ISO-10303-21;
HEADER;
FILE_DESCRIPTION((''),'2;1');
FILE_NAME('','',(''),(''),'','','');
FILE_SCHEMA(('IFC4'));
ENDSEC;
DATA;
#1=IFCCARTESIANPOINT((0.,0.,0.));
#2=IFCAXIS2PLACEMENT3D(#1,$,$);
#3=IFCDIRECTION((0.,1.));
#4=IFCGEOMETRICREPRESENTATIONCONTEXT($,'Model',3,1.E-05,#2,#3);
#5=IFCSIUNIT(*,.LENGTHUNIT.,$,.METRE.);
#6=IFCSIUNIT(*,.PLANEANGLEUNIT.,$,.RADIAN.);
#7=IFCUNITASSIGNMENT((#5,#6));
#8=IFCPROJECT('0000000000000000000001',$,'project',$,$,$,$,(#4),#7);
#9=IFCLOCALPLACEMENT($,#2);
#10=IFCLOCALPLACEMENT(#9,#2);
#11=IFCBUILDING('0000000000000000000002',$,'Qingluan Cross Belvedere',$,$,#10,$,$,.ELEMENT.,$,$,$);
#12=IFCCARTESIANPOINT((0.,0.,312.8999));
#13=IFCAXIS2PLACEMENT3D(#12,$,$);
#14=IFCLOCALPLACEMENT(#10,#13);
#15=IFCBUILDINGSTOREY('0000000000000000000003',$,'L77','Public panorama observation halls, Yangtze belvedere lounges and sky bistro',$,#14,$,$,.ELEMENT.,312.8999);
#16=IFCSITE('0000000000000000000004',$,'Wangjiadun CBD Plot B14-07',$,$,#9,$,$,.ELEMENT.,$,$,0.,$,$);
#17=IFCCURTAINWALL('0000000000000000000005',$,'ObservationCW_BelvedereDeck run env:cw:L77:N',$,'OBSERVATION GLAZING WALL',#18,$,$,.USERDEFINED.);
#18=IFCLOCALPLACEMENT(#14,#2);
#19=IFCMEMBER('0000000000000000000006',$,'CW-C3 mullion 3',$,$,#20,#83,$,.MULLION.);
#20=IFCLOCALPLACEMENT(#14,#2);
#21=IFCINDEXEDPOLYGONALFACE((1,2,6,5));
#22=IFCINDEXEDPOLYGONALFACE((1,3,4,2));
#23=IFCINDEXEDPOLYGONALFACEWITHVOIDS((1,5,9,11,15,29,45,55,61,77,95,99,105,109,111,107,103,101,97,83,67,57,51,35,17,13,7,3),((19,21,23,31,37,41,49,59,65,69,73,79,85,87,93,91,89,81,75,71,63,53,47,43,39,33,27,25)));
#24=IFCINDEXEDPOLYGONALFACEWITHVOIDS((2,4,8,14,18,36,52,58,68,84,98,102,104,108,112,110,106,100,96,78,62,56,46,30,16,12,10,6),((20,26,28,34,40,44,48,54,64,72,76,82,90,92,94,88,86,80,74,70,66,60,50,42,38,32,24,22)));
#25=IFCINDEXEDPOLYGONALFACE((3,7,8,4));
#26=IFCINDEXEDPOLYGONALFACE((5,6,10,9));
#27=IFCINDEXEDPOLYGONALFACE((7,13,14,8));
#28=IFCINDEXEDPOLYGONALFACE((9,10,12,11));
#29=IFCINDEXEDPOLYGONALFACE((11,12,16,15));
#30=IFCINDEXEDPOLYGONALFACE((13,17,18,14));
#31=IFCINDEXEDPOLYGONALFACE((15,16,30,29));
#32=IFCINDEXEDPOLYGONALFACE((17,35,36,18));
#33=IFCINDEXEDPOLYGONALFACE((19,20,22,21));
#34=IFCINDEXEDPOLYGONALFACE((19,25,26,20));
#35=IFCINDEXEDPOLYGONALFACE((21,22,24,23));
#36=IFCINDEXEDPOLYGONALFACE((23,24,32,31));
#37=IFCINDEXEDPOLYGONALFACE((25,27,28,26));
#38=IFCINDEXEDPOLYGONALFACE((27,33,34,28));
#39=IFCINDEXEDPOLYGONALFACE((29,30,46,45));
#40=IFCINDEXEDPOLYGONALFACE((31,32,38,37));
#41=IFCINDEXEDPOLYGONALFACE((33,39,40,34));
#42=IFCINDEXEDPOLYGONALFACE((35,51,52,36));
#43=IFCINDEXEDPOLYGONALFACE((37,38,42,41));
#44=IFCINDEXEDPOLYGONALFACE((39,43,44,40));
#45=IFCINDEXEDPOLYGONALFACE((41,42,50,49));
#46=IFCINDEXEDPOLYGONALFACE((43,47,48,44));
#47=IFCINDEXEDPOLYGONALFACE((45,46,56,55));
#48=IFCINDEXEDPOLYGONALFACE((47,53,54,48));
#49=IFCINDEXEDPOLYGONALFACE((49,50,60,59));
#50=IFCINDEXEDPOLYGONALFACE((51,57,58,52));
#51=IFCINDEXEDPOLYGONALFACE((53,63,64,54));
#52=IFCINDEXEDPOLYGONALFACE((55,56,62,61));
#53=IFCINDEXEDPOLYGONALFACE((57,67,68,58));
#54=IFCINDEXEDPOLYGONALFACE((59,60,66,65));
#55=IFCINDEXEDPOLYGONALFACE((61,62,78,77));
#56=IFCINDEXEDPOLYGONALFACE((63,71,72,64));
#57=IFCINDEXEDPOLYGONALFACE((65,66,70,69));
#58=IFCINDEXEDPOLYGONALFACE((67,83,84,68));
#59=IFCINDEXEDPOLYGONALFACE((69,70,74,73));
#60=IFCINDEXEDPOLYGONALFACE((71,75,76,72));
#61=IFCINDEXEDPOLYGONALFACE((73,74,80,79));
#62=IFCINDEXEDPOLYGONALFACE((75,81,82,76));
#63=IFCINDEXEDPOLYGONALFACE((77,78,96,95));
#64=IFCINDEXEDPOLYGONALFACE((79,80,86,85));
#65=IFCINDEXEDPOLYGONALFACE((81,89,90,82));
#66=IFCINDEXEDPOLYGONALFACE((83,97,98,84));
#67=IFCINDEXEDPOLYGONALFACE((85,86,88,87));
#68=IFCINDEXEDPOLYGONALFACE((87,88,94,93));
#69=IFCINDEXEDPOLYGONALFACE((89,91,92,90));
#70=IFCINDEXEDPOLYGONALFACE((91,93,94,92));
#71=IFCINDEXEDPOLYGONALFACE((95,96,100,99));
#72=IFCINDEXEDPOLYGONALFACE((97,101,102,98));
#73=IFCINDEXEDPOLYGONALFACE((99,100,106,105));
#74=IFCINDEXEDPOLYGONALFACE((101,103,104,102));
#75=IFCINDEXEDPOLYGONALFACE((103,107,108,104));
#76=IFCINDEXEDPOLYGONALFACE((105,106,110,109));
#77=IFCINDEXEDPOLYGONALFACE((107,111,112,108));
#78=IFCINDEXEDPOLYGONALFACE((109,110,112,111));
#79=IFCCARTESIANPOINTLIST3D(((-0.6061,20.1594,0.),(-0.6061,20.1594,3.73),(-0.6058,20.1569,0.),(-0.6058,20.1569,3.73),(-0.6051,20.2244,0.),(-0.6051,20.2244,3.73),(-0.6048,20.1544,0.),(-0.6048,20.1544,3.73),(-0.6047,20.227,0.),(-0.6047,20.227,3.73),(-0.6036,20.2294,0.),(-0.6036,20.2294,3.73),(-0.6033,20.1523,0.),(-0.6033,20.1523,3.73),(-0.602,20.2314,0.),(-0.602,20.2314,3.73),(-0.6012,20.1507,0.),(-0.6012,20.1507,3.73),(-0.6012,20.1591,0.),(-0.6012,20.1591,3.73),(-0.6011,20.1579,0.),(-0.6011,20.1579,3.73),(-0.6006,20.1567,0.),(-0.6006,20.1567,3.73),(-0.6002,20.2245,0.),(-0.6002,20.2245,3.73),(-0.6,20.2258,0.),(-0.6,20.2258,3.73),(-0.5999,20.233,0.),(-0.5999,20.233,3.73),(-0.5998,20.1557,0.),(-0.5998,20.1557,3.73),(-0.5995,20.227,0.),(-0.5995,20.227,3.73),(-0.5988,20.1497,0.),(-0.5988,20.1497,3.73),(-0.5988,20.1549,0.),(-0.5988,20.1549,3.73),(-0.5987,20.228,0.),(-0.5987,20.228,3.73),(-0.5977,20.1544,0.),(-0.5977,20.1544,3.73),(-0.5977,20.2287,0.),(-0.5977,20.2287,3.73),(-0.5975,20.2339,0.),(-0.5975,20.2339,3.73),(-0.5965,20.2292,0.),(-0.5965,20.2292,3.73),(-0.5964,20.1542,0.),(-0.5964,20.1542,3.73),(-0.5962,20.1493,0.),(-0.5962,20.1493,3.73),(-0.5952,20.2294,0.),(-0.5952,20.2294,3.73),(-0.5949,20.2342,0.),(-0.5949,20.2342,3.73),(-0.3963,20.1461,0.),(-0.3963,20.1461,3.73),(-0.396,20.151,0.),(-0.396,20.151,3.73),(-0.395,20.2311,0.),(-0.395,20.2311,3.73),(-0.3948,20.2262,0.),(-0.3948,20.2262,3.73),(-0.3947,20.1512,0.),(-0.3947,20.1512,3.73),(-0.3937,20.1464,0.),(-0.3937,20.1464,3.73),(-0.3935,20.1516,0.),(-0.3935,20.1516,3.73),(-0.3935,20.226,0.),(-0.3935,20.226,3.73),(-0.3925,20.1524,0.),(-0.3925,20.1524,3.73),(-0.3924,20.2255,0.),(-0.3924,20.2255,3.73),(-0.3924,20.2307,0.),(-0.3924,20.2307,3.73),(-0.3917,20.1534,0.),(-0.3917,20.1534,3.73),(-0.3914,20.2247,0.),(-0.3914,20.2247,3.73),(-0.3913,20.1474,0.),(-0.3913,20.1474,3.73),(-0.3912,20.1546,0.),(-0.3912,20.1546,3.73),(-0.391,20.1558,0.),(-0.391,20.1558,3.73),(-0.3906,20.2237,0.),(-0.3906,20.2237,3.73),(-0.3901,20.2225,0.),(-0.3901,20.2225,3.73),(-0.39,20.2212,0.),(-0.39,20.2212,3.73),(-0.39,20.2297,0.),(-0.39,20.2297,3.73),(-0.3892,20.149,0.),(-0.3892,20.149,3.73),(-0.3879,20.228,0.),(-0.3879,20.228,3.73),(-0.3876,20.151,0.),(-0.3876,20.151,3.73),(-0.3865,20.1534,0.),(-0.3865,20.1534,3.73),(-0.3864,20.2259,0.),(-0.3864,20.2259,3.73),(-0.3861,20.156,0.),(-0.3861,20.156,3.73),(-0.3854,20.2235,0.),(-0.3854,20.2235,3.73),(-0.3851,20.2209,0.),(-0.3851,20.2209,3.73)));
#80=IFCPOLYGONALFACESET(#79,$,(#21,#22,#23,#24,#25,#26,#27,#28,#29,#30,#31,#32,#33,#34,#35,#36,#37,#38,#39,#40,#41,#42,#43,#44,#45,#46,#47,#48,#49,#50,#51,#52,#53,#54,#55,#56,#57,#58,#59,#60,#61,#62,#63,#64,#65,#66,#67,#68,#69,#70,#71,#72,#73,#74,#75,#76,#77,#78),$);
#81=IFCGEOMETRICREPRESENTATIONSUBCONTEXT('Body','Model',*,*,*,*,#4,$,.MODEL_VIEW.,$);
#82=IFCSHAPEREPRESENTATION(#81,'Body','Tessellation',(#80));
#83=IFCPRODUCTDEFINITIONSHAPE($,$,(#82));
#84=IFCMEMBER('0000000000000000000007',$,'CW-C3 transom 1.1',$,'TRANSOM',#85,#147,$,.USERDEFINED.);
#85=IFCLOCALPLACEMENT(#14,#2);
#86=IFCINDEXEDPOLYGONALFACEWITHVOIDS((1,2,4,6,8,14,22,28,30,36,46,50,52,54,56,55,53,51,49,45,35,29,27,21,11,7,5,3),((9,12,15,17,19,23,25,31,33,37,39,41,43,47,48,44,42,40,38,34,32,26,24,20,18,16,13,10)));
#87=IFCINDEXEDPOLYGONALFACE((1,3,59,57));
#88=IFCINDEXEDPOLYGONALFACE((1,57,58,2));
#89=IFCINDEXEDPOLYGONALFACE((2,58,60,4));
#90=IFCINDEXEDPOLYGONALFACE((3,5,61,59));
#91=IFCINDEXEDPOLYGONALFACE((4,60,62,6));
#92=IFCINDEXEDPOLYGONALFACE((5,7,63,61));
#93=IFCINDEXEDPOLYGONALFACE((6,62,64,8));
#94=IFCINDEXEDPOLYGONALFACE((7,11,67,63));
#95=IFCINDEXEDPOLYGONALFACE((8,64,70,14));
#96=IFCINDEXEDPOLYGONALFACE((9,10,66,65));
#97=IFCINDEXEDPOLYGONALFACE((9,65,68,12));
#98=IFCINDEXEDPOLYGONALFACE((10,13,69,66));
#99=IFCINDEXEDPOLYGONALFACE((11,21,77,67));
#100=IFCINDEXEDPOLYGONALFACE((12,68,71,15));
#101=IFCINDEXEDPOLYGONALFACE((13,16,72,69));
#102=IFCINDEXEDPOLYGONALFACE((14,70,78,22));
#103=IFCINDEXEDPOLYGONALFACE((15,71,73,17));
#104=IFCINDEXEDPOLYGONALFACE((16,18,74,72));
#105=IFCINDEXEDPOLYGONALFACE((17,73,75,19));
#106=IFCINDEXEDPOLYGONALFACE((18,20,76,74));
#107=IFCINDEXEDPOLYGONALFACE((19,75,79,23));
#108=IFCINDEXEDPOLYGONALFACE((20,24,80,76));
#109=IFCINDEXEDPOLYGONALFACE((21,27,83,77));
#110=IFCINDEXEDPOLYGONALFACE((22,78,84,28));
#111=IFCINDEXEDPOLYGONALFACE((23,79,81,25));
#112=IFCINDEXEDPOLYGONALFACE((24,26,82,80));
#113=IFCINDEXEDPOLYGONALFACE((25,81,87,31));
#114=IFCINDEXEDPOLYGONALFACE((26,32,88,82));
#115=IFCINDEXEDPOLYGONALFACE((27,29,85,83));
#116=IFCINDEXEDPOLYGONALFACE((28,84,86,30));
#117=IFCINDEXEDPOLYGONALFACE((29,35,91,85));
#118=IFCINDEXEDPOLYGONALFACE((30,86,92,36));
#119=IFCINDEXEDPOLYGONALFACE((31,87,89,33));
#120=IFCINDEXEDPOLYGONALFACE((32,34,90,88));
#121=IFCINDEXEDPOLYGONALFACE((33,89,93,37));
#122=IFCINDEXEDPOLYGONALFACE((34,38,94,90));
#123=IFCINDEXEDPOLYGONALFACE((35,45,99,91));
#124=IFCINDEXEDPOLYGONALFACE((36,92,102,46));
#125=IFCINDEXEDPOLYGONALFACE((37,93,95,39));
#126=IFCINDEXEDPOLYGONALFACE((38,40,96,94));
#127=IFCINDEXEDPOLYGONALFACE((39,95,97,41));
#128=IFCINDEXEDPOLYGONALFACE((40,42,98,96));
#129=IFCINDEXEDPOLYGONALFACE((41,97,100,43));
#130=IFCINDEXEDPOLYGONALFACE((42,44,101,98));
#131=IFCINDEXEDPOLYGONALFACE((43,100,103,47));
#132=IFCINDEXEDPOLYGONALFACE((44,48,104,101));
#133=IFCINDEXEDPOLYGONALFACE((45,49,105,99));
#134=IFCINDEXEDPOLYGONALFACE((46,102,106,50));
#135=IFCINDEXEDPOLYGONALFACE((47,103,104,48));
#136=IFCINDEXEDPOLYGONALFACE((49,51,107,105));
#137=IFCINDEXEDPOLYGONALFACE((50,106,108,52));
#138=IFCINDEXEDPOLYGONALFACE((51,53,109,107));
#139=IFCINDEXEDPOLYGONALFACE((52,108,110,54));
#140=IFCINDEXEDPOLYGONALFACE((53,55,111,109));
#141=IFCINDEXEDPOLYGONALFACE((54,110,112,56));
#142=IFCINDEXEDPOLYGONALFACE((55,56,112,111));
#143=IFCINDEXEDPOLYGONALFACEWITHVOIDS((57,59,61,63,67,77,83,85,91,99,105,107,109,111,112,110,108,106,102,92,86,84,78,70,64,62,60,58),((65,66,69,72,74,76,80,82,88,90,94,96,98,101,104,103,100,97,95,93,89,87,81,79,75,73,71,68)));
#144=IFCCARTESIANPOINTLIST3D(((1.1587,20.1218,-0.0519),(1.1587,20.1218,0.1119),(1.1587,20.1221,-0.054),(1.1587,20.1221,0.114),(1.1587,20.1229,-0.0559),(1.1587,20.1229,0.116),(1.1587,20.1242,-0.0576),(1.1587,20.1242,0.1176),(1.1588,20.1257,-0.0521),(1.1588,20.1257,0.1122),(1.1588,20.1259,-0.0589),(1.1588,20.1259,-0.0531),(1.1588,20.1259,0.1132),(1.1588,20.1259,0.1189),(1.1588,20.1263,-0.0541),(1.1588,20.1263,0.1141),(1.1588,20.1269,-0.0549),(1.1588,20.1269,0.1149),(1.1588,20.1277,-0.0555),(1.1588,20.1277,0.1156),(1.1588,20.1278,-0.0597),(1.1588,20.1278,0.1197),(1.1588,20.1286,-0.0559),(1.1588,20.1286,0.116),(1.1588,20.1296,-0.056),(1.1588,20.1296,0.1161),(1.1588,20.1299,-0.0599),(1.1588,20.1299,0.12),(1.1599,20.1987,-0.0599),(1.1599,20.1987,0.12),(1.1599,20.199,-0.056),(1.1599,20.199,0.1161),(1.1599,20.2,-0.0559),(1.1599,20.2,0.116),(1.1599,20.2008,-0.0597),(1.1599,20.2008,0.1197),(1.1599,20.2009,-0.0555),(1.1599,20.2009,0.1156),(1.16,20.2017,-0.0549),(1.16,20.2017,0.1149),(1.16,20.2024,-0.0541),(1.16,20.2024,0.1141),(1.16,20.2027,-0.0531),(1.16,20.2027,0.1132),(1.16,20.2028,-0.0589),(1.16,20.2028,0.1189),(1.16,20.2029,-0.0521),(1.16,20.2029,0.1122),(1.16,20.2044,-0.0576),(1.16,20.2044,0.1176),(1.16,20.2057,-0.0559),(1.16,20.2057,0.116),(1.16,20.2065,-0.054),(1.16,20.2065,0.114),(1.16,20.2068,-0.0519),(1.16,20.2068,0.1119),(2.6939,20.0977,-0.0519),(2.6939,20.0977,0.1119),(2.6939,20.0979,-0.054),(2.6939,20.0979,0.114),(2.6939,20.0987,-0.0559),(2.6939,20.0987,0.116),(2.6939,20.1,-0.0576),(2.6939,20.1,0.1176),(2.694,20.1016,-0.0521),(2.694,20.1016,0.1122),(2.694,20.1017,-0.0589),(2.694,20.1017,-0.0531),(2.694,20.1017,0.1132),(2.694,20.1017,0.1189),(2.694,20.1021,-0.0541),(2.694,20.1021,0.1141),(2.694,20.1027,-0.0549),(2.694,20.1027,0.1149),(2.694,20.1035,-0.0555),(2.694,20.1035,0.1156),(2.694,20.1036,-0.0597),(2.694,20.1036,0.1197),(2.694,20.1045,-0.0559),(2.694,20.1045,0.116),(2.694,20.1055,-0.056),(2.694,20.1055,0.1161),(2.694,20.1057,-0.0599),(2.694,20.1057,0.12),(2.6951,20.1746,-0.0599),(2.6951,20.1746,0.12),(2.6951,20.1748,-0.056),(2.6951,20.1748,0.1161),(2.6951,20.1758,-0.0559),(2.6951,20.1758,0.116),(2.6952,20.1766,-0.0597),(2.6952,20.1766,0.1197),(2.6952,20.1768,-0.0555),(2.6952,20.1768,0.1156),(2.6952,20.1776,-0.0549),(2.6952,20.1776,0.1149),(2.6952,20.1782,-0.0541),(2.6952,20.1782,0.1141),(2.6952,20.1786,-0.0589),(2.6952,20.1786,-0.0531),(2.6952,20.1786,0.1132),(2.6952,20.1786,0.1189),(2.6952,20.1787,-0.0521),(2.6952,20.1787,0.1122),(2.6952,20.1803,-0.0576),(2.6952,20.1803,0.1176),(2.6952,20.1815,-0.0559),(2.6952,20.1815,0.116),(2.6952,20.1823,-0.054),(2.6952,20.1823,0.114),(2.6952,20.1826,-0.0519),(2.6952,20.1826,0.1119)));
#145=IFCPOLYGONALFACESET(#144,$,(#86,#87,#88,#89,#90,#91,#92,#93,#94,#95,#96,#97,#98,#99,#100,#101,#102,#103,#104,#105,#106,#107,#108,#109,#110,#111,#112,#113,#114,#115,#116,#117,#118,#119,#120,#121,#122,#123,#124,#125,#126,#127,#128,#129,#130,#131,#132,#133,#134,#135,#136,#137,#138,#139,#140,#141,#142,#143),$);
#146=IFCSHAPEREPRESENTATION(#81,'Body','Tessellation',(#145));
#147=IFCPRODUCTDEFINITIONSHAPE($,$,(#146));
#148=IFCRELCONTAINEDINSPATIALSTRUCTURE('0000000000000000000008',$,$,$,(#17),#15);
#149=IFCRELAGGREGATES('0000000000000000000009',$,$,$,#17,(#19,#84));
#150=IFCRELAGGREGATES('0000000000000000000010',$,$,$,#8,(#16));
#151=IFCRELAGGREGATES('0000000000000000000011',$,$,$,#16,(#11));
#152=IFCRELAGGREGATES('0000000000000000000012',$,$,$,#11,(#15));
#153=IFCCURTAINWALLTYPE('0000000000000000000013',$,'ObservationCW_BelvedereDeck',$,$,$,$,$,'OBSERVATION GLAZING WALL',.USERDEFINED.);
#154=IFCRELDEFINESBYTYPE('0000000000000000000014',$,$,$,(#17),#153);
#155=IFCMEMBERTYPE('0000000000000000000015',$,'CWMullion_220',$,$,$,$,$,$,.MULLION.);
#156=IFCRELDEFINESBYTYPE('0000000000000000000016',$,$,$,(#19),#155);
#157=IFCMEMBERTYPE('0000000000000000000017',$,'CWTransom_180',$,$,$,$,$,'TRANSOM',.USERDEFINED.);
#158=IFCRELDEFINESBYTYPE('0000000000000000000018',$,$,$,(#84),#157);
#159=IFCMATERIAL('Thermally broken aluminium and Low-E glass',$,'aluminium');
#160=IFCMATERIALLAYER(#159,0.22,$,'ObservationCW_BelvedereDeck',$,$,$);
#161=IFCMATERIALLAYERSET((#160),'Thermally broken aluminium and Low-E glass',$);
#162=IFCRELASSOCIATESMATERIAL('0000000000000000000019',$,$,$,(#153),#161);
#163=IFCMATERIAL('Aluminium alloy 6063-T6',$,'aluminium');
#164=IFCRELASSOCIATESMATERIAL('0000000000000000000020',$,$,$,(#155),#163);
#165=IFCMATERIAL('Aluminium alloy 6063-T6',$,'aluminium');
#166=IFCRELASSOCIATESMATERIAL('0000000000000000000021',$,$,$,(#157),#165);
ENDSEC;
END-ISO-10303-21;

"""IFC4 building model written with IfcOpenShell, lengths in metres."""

from ifc_helpers import new_model, si_unit, direction, frame, origin, origin_2d, place, context, subcontext, project, spatial, hollow_rectangle, extrude, material, layer, layer_set, material_profile, profile_set, type_object, element, aggregate, save


model = new_model("IFC4")

# Units and contexts
model_context = context("Model", 3, precision=1e-05, world=origin(), true_north=direction((0.0, 1.0)))
body_context = subcontext(model_context, "Body", "Model", "MODEL_VIEW")
ifc_project = project(units=[si_unit("LENGTHUNIT", "METRE"), si_unit("PLANEANGLEUNIT", "RADIAN")], contexts=[model_context])

# Site, building, storey
site_placement = place(None, origin())
site = spatial("IfcSite", under=ifc_project, at=site_placement, Name="Wangjiadun CBD Plot B14-07", CompositionType="ELEMENT", RefElevation=0.0)
building_placement = place(site_placement, origin())
building = spatial("IfcBuilding", under=site, at=building_placement, Name="Qingluan Cross Belvedere", CompositionType="ELEMENT")
storey_placement = place(building_placement, frame((0.0, 0.0, 312.8999)))
storey = spatial("IfcBuildingStorey", under=building, at=storey_placement, Name="L77", Description="Public panorama observation halls, Yangtze belvedere lounges and sky bistro", CompositionType="ELEMENT", Elevation=312.8999)

# Curtain wall, members
ifc_material_1 = material(Name="Thermally broken aluminium and Low-E glass", Category="aluminium")
ifc_layer_1 = layer(ifc_material_1, 0.22, Name="ObservationCW_BelvedereDeck")
ifc_layer_set_1 = layer_set([ifc_layer_1], Name="Thermally broken aluminium and Low-E glass")
curtain_wall_type = type_object("IfcCurtainWallType", Name="ObservationCW_BelvedereDeck", ElementType="OBSERVATION GLAZING WALL", PredefinedType="USERDEFINED", material=ifc_layer_set_1)
curtain_wall_placement = place(storey_placement, origin())
curtain_wall = element("IfcCurtainWall", 1, at=curtain_wall_placement, inside=storey, type_object=curtain_wall_type, Name="ObservationCW_BelvedereDeck run env:cw:L77:N", ObjectType="OBSERVATION GLAZING WALL", PredefinedType="USERDEFINED")
ifc_material_2 = material(Name="Aluminium alloy 6063-T6", Category="aluminium")
ifc_material_profile_1 = material_profile(ifc_material_2, hollow_rectangle(XDim=0.085, YDim=0.22, WallThickness=0.0049, InnerFilletRadius=0.0049, OuterFilletRadius=0.01, at=origin_2d()), Name="CWM220x85x5")
ifc_profile_set_1 = profile_set([ifc_material_profile_1], Name="Aluminium alloy 6063-T6")
member_type_1 = type_object("IfcMemberType", Name="CWMullion_220", PredefinedType="MULLION", material=ifc_profile_set_1)
member_1_placement = place(storey_placement, frame((-0.4956, 20.1902, 0.0), z_axis=(0.0, 0.0, 1.0), x_axis=(-0.01571, -0.999877, 0.0)))
member_1 = element("IfcMember", 2, at=member_1_placement, type_object=member_type_1, Name="CW-C3 mullion 3", PredefinedType="MULLION", context=body_context, shape_type="SweptSolid", body=[
    extrude(hollow_rectangle(XDim=0.085, YDim=0.22, WallThickness=0.0049, InnerFilletRadius=0.0049, OuterFilletRadius=0.01, at=origin_2d()), origin(), (0.0, 0.0, 1.0), 3.73),
])
ifc_material_3 = material(Name="Aluminium alloy 6063-T6", Category="aluminium")
ifc_material_profile_2 = material_profile(ifc_material_3, hollow_rectangle(XDim=0.085, YDim=0.1799, WallThickness=0.0039, InnerFilletRadius=0.0039, OuterFilletRadius=0.0081, at=origin_2d()), Name="CWT180x85x4")
ifc_profile_set_2 = profile_set([ifc_material_profile_2], Name="Aluminium alloy 6063-T6")
member_type_2 = type_object("IfcMemberType", Name="CWTransom_180", ElementType="TRANSOM", PredefinedType="USERDEFINED", material=ifc_profile_set_2)
member_2_placement = place(storey_placement, frame((2.6946, 20.1401, 0.03), z_axis=(-0.999876, 0.015742, 0.0), x_axis=(-0.015742, -0.999876, 0.0)))
member_2 = element("IfcMember", 3, at=member_2_placement, type_object=member_type_2, Name="CW-C3 transom 1.1", ObjectType="TRANSOM", PredefinedType="USERDEFINED", context=body_context, shape_type="SweptSolid", body=[
    extrude(hollow_rectangle(XDim=0.085, YDim=0.1799, WallThickness=0.0039, InnerFilletRadius=0.0039, OuterFilletRadius=0.0081, at=origin_2d()), origin(), (0.0, 0.0, 1.0), 1.5354),
])

aggregate(curtain_wall, [member_1, member_2])

save(model, "model.ifc")
